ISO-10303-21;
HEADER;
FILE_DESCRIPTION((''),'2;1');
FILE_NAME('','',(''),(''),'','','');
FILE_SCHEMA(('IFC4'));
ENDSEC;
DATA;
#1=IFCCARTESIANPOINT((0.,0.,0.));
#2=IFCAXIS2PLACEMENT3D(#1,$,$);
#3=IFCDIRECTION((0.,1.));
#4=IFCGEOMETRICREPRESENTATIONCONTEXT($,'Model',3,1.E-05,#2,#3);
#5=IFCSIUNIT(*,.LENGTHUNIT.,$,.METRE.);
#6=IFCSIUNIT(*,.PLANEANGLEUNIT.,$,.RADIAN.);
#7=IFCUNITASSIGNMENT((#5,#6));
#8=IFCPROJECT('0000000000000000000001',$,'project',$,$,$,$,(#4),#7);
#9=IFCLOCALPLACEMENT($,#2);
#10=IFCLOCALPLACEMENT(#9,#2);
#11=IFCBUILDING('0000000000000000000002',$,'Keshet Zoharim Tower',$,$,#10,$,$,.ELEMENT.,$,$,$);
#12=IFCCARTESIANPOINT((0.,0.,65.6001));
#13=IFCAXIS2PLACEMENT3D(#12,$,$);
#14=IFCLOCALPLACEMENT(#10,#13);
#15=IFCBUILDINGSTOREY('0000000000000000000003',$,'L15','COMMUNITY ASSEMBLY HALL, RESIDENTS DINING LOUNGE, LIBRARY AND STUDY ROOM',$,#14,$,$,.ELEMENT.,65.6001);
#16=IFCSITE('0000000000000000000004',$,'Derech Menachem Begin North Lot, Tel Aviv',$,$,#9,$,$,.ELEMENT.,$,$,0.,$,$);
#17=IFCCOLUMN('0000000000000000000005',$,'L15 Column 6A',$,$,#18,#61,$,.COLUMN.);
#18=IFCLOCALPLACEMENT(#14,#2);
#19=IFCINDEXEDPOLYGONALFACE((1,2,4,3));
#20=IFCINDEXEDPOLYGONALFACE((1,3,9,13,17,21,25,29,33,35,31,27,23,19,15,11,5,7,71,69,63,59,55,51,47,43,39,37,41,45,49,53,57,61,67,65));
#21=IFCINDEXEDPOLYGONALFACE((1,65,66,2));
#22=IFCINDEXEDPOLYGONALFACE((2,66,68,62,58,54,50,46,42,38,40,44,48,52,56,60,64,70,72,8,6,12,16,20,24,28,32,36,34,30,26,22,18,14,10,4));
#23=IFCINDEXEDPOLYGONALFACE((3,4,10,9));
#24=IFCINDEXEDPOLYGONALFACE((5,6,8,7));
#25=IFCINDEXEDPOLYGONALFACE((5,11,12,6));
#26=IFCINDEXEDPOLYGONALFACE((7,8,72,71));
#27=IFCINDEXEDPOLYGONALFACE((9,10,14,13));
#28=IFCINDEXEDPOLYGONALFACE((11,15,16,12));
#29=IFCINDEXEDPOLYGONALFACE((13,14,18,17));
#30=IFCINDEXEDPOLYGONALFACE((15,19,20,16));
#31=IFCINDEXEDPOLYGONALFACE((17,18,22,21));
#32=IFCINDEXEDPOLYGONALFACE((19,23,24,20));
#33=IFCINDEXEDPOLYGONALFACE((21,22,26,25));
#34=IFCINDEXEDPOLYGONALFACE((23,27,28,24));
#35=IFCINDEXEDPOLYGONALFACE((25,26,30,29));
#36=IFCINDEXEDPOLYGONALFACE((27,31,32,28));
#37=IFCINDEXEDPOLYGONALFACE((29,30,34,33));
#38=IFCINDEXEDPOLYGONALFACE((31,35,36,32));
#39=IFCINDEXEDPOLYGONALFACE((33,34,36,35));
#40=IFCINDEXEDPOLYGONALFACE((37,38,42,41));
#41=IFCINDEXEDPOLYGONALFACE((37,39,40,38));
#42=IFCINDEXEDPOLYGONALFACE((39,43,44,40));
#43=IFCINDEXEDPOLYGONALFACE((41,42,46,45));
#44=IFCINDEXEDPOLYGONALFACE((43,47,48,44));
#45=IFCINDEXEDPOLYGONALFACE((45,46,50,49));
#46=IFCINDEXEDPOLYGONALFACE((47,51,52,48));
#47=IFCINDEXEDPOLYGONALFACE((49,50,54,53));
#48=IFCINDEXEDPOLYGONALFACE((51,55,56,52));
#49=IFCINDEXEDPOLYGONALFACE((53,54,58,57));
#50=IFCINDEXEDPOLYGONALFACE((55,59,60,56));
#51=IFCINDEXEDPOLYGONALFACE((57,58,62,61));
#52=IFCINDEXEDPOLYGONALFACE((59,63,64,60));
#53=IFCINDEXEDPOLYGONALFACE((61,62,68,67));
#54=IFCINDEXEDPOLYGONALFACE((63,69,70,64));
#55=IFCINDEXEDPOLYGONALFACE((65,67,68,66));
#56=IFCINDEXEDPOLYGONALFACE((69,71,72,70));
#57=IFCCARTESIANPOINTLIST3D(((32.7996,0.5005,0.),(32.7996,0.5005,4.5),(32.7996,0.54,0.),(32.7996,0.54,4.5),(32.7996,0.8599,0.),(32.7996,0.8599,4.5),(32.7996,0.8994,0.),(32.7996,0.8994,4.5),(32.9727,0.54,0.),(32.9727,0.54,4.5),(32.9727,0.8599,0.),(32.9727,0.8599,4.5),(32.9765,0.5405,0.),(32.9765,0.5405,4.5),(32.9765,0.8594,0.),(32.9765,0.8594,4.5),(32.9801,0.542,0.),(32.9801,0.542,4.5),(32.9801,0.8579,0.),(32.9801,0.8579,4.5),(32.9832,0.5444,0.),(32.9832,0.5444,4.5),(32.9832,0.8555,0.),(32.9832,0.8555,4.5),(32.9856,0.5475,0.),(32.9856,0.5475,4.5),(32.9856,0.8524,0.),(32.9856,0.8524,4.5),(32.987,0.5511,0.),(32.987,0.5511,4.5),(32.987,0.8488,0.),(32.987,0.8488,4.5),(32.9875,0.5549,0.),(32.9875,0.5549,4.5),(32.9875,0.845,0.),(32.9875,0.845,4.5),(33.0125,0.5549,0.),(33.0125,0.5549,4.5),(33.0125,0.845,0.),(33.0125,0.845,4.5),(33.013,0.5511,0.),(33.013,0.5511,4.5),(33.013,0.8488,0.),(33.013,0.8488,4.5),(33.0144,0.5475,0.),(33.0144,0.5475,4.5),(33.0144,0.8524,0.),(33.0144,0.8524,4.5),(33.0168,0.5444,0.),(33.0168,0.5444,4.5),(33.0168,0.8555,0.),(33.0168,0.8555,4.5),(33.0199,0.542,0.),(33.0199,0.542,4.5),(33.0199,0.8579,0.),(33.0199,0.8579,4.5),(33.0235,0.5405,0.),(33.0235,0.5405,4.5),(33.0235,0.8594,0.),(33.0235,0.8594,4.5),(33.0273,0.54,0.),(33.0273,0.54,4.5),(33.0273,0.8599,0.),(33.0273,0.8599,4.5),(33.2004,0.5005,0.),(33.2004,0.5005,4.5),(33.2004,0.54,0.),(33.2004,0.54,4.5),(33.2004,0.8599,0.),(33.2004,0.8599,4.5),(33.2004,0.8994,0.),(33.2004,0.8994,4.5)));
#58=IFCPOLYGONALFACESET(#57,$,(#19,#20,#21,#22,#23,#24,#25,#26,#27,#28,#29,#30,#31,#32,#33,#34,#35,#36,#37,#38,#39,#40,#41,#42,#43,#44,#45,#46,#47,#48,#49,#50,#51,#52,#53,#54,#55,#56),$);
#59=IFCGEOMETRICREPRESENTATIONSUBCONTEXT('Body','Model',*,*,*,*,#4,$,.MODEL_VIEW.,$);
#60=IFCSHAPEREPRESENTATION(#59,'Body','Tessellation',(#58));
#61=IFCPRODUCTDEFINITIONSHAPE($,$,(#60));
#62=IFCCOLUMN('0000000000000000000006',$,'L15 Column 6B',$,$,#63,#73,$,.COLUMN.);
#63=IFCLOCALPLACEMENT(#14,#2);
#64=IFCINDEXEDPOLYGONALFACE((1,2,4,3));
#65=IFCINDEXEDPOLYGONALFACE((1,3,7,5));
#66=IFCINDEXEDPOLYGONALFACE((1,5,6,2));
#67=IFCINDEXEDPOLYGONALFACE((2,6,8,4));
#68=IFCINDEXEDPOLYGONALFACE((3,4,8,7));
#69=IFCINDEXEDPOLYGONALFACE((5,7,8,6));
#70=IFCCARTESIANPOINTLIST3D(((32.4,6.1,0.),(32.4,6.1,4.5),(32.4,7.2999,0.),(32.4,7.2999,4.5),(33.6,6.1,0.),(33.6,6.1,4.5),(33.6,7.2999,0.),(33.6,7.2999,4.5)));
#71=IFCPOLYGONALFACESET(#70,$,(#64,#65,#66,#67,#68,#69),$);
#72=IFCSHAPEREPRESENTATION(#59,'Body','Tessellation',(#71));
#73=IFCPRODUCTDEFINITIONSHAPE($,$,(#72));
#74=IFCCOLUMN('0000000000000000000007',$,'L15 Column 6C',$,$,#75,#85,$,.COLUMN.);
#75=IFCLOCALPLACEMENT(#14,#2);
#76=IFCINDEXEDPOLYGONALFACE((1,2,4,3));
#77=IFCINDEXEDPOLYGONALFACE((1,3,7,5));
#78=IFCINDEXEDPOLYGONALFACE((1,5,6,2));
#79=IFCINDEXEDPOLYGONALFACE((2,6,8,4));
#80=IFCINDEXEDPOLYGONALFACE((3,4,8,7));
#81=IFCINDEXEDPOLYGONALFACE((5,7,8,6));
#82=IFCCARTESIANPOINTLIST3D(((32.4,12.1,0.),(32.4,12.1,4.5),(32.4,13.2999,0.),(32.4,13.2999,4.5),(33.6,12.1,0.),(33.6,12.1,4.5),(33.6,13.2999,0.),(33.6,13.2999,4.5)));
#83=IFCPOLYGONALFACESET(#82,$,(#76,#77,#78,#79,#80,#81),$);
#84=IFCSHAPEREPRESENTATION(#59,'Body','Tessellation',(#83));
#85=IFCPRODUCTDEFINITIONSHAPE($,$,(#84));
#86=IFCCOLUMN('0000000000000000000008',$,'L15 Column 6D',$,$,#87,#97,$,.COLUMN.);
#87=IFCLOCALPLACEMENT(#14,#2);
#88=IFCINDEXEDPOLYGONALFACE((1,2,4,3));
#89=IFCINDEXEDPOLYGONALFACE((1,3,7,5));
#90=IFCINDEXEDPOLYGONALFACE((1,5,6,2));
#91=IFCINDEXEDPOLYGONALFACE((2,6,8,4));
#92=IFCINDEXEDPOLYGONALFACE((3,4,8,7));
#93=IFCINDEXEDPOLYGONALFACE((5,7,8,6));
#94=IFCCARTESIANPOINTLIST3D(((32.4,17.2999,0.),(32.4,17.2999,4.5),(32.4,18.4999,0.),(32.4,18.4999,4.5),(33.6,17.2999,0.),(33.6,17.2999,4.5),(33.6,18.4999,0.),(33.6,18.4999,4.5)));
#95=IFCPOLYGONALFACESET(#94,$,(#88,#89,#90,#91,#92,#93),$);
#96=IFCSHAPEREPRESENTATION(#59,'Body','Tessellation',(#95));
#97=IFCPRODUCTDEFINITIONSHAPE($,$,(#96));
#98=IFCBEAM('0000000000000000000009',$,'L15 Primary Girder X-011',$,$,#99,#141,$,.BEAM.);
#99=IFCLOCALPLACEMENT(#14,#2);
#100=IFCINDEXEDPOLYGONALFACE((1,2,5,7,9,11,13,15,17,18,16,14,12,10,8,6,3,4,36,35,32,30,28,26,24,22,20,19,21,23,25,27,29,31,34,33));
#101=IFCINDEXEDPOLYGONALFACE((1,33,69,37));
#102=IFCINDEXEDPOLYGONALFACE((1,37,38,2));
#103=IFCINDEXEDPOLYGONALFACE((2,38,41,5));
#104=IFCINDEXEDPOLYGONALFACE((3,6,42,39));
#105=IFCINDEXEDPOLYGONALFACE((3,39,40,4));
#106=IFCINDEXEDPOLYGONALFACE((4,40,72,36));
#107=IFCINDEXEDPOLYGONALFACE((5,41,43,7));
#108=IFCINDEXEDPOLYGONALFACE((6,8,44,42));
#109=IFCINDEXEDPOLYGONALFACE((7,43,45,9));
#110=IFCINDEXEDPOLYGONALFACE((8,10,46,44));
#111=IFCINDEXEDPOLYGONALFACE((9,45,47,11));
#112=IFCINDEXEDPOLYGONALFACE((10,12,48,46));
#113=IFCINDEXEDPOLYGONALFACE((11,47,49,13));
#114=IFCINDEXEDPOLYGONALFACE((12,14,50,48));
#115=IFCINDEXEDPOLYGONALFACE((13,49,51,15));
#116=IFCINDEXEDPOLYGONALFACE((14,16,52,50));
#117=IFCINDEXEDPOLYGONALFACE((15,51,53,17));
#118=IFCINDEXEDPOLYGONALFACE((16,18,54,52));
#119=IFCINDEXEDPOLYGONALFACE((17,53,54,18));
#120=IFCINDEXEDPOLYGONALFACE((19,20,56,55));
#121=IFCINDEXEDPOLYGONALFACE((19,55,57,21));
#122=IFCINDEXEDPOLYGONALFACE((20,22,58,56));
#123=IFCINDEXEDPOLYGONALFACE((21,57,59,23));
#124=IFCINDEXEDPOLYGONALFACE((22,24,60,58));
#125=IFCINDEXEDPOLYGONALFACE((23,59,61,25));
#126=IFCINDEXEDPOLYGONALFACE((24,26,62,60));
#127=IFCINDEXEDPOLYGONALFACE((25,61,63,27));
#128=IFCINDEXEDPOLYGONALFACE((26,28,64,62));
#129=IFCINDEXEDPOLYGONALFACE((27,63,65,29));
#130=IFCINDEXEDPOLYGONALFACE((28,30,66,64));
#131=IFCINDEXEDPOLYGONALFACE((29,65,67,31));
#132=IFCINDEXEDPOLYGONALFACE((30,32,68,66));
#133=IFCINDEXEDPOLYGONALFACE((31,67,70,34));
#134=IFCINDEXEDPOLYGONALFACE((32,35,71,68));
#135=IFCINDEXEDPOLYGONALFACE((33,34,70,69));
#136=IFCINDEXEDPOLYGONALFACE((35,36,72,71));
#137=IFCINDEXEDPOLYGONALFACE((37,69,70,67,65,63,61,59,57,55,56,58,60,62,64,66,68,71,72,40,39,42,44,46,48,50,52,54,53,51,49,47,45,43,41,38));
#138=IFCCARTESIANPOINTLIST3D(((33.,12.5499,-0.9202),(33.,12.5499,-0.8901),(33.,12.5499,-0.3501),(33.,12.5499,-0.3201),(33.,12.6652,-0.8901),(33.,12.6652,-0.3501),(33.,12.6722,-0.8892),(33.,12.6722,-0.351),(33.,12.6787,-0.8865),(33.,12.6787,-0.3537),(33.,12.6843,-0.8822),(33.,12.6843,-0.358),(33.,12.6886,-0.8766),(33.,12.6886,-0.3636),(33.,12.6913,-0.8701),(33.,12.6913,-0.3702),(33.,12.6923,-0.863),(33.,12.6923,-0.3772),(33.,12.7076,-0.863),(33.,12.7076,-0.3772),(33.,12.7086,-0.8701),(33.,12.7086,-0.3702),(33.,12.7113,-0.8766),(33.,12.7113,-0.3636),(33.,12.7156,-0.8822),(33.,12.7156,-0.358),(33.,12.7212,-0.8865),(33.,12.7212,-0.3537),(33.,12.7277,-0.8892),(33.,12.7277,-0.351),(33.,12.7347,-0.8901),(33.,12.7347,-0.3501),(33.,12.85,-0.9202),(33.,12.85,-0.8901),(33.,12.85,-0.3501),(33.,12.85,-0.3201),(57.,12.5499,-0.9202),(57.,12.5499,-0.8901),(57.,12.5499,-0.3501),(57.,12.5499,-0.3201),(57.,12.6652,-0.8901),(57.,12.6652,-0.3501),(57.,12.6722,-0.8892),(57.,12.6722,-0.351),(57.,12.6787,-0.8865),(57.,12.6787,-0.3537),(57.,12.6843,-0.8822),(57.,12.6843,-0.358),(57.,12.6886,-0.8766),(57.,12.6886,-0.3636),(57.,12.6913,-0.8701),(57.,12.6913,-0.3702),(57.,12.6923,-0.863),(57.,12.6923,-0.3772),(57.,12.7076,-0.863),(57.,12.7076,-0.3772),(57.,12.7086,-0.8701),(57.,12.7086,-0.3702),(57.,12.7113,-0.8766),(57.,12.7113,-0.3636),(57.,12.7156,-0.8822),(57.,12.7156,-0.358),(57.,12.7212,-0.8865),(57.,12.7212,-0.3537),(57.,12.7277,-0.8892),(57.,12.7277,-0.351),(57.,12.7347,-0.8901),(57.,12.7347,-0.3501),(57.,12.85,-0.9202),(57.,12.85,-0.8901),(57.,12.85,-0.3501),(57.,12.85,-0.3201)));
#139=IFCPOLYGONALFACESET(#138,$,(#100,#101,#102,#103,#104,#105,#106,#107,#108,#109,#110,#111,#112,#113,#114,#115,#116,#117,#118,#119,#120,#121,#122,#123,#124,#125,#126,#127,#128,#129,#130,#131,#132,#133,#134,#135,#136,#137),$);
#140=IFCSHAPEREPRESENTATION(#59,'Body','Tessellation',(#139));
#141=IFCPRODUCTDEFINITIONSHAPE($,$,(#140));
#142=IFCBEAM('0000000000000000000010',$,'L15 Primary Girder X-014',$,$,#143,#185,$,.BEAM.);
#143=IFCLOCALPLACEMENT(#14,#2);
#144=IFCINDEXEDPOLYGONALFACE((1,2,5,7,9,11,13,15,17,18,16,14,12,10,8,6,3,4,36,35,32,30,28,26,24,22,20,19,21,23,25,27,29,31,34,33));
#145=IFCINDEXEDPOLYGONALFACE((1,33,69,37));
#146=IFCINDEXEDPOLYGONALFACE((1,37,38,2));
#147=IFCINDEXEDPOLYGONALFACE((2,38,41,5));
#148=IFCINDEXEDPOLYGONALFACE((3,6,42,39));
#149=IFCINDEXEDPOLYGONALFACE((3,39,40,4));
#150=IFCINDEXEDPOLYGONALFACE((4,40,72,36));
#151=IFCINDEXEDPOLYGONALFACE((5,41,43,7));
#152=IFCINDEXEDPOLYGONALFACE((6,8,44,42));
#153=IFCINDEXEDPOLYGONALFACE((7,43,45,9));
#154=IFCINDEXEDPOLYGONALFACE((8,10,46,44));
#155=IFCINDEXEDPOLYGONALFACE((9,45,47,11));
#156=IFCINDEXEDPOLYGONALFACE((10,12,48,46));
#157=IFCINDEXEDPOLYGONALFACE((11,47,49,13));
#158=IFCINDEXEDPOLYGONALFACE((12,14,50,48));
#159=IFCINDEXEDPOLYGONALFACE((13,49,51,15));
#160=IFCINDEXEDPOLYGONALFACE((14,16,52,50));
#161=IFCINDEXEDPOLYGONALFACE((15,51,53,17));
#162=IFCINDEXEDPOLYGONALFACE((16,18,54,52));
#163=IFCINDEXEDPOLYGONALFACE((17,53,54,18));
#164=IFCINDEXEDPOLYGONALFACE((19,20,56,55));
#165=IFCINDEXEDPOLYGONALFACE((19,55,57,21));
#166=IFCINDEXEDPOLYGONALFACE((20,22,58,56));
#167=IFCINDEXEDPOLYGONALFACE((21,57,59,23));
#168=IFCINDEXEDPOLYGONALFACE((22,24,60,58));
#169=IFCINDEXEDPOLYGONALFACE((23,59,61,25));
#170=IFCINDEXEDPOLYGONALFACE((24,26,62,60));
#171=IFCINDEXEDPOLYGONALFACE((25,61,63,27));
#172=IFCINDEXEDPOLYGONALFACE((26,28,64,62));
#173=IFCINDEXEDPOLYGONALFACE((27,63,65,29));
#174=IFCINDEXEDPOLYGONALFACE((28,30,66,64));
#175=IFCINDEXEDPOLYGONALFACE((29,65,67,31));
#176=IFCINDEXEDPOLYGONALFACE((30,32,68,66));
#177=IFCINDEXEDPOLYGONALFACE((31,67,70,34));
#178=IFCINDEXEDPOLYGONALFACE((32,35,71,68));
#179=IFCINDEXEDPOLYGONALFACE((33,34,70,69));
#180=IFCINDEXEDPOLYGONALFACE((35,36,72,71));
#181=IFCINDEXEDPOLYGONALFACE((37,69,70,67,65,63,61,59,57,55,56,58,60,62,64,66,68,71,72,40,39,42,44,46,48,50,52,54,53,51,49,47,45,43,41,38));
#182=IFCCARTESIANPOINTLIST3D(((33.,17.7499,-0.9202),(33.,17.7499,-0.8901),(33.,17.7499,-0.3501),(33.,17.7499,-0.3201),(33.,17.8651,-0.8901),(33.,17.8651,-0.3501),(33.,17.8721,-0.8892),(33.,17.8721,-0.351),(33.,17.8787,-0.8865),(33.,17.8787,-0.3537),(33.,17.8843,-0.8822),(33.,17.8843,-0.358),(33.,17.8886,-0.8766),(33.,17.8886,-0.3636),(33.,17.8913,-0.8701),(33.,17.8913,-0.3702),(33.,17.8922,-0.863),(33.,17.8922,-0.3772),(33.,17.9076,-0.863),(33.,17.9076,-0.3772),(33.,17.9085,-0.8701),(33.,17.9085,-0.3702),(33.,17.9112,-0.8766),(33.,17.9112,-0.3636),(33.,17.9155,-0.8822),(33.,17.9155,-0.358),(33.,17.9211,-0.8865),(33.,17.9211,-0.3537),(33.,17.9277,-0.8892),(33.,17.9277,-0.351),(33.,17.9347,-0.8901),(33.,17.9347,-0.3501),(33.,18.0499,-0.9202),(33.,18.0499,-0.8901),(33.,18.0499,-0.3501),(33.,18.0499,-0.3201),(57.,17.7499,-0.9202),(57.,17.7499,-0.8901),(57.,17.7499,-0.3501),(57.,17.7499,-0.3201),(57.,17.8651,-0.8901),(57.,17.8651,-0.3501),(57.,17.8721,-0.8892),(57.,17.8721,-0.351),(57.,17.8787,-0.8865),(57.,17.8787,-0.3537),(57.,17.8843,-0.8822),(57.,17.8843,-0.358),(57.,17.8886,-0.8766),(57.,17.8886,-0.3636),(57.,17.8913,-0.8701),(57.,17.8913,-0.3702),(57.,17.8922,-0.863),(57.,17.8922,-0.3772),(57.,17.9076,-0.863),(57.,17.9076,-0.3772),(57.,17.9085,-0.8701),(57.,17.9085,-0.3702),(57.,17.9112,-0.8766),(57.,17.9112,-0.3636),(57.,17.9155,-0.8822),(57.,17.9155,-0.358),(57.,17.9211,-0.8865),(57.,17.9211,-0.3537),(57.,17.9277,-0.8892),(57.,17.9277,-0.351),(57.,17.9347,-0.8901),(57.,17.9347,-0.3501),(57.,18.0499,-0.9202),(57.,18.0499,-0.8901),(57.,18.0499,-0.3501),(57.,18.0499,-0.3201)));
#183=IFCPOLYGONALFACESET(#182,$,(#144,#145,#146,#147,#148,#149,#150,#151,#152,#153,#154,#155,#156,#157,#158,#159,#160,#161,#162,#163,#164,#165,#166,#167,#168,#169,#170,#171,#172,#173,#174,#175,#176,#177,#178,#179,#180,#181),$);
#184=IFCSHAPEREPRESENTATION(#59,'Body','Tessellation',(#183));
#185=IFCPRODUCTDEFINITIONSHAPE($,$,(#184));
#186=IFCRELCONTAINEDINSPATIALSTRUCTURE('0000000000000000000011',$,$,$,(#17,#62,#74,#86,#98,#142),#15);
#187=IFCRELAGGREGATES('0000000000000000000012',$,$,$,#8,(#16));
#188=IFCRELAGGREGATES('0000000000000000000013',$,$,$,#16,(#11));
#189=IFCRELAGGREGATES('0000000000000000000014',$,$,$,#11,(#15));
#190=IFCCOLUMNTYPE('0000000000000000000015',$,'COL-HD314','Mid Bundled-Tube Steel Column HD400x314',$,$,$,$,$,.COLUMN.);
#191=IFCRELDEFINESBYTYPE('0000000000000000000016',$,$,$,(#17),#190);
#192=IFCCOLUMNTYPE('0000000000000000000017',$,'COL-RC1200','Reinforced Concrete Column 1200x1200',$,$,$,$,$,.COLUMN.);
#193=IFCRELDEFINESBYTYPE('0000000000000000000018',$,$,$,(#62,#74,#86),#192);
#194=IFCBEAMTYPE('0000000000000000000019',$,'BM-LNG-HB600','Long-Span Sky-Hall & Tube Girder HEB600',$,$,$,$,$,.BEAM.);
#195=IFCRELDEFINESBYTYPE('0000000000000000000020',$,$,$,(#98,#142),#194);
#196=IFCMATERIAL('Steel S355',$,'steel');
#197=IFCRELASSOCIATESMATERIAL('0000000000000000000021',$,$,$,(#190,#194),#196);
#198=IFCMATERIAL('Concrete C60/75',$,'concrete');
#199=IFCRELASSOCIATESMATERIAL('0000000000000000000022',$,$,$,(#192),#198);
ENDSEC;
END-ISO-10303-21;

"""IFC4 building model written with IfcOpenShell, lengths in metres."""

from ifc_helpers import new_model, si_unit, direction, frame, origin, origin_2d, place, context, subcontext, project, spatial, rectangle, i_section, extrude, material, material_profile, profile_set, type_object, element, save


model = new_model("IFC4")

# Units and contexts
model_context = context("Model", 3, precision=1e-05, world=origin(), true_north=direction((0.0, 1.0)))
body_context = subcontext(model_context, "Body", "Model", "MODEL_VIEW")
ifc_project = project(units=[si_unit("LENGTHUNIT", "METRE"), si_unit("PLANEANGLEUNIT", "RADIAN")], contexts=[model_context])

# Site, building, storey
site_placement = place(None, origin())
site = spatial("IfcSite", under=ifc_project, at=site_placement, Name="Derech Menachem Begin North Lot, Tel Aviv", CompositionType="ELEMENT", RefElevation=0.0)
building_placement = place(site_placement, origin())
building = spatial("IfcBuilding", under=site, at=building_placement, Name="Keshet Zoharim Tower", CompositionType="ELEMENT")
storey_placement = place(building_placement, frame((0.0, 0.0, 65.6001)))
storey = spatial("IfcBuildingStorey", under=building, at=storey_placement, Name="L15", Description="COMMUNITY ASSEMBLY HALL, RESIDENTS DINING LOUNGE, LIBRARY AND STUDY ROOM", CompositionType="ELEMENT", Elevation=65.6001)

# Columns
ifc_material_1 = material(Name="Steel S355", Category="steel")
ifc_material_profile_1 = material_profile(ifc_material_1, i_section(OverallWidth=0.4009, OverallDepth=0.3989, WebThickness=0.0249, FlangeThickness=0.0396, FilletRadius=0.0149, at=origin_2d()), Name="HD400x314")
ifc_profile_set_1 = profile_set([ifc_material_profile_1], Name="Steel S355")
column_type_1 = type_object("IfcColumnType", Name="COL-HD314", Description="Mid Bundled-Tube Steel Column HD400x314", PredefinedType="COLUMN", material=ifc_profile_set_1)
column_placement = place(storey_placement, frame((33.0, 0.7, 0.0), z_axis=(0.0, 0.0, 1.0), x_axis=(1.0, 0.0, 0.0)))
element("IfcColumn", 1, at=column_placement, inside=storey, type_object=column_type_1, Name="L15 Column 6A", PredefinedType="COLUMN", context=body_context, shape_type="SweptSolid", body=[
    extrude(i_section(OverallWidth=0.4009, OverallDepth=0.3989, WebThickness=0.0249, FlangeThickness=0.0396, FilletRadius=0.0149, at=origin_2d()), origin(), (0.0, 0.0, 1.0), 4.5),
])
ifc_material_2 = material(Name="Concrete C60/75", Category="concrete")
ifc_material_profile_2 = material_profile(ifc_material_2, rectangle(XDim=1.2, YDim=1.2, at=origin_2d()), Name="RC1200x1200")
ifc_profile_set_2 = profile_set([ifc_material_profile_2], Name="Concrete C60/75")
column_type_2 = type_object("IfcColumnType", Name="COL-RC1200", Description="Reinforced Concrete Column 1200x1200", PredefinedType="COLUMN", material=ifc_profile_set_2)
for number, where, z_axis, x_axis, name in (
    (2, (33.0, 6.7, 0.0), (0.0, 0.0, 1.0), (1.0, 0.0, 0.0), "L15 Column 6B"),
    (3, (33.0, 12.7, 0.0), (0.0, 0.0, 1.0), (1.0, 0.0, 0.0), "L15 Column 6C"),
    (4, (33.0, 17.8999, 0.0), (0.0, 0.0, 1.0), (1.0, 0.0, 0.0), "L15 Column 6D"),
):
    element("IfcColumn", number, at=place(storey_placement, frame(where, z_axis=z_axis, x_axis=x_axis)), inside=storey, type_object=column_type_2, Name=name, PredefinedType="COLUMN", context=body_context, shape_type="SweptSolid", body=[
        extrude(rectangle(XDim=1.2, YDim=1.2, at=origin_2d()), origin(), (0.0, 0.0, 1.0), 4.5),
    ])

# Beams
ifc_material_profile_3 = material_profile(ifc_material_1, i_section(OverallWidth=0.3, OverallDepth=0.6001, WebThickness=0.0154, FlangeThickness=0.03, FilletRadius=0.0271, at=origin_2d()), Name="HEB600")
ifc_profile_set_3 = profile_set([ifc_material_profile_3], Name="Steel S355")
beam_type_1 = type_object("IfcBeamType", Name="BM-LNG-HB600", Description="Long-Span Sky-Hall & Tube Girder HEB600", PredefinedType="BEAM", material=ifc_profile_set_3)
for number, where, z_axis, x_axis, name in (
    (5, (33.0, 12.7, -0.6201), (1.0, 0.0, 0.0), (0.0, 1.0, 0.0), "L15 Primary Girder X-011"),
    (6, (33.0, 17.8999, -0.6201), (1.0, 0.0, 0.0), (0.0, 1.0, 0.0), "L15 Primary Girder X-014"),
):
    element("IfcBeam", number, at=place(storey_placement, frame(where, z_axis=z_axis, x_axis=x_axis)), inside=storey, type_object=beam_type_1, Name=name, PredefinedType="BEAM", context=body_context, shape_type="SweptSolid", body=[
        extrude(i_section(OverallWidth=0.3, OverallDepth=0.6001, WebThickness=0.0154, FlangeThickness=0.03, FilletRadius=0.0271, at=origin_2d()), origin(), (0.0, 0.0, 1.0), 24.0),
    ])

save(model, "model.ifc")
